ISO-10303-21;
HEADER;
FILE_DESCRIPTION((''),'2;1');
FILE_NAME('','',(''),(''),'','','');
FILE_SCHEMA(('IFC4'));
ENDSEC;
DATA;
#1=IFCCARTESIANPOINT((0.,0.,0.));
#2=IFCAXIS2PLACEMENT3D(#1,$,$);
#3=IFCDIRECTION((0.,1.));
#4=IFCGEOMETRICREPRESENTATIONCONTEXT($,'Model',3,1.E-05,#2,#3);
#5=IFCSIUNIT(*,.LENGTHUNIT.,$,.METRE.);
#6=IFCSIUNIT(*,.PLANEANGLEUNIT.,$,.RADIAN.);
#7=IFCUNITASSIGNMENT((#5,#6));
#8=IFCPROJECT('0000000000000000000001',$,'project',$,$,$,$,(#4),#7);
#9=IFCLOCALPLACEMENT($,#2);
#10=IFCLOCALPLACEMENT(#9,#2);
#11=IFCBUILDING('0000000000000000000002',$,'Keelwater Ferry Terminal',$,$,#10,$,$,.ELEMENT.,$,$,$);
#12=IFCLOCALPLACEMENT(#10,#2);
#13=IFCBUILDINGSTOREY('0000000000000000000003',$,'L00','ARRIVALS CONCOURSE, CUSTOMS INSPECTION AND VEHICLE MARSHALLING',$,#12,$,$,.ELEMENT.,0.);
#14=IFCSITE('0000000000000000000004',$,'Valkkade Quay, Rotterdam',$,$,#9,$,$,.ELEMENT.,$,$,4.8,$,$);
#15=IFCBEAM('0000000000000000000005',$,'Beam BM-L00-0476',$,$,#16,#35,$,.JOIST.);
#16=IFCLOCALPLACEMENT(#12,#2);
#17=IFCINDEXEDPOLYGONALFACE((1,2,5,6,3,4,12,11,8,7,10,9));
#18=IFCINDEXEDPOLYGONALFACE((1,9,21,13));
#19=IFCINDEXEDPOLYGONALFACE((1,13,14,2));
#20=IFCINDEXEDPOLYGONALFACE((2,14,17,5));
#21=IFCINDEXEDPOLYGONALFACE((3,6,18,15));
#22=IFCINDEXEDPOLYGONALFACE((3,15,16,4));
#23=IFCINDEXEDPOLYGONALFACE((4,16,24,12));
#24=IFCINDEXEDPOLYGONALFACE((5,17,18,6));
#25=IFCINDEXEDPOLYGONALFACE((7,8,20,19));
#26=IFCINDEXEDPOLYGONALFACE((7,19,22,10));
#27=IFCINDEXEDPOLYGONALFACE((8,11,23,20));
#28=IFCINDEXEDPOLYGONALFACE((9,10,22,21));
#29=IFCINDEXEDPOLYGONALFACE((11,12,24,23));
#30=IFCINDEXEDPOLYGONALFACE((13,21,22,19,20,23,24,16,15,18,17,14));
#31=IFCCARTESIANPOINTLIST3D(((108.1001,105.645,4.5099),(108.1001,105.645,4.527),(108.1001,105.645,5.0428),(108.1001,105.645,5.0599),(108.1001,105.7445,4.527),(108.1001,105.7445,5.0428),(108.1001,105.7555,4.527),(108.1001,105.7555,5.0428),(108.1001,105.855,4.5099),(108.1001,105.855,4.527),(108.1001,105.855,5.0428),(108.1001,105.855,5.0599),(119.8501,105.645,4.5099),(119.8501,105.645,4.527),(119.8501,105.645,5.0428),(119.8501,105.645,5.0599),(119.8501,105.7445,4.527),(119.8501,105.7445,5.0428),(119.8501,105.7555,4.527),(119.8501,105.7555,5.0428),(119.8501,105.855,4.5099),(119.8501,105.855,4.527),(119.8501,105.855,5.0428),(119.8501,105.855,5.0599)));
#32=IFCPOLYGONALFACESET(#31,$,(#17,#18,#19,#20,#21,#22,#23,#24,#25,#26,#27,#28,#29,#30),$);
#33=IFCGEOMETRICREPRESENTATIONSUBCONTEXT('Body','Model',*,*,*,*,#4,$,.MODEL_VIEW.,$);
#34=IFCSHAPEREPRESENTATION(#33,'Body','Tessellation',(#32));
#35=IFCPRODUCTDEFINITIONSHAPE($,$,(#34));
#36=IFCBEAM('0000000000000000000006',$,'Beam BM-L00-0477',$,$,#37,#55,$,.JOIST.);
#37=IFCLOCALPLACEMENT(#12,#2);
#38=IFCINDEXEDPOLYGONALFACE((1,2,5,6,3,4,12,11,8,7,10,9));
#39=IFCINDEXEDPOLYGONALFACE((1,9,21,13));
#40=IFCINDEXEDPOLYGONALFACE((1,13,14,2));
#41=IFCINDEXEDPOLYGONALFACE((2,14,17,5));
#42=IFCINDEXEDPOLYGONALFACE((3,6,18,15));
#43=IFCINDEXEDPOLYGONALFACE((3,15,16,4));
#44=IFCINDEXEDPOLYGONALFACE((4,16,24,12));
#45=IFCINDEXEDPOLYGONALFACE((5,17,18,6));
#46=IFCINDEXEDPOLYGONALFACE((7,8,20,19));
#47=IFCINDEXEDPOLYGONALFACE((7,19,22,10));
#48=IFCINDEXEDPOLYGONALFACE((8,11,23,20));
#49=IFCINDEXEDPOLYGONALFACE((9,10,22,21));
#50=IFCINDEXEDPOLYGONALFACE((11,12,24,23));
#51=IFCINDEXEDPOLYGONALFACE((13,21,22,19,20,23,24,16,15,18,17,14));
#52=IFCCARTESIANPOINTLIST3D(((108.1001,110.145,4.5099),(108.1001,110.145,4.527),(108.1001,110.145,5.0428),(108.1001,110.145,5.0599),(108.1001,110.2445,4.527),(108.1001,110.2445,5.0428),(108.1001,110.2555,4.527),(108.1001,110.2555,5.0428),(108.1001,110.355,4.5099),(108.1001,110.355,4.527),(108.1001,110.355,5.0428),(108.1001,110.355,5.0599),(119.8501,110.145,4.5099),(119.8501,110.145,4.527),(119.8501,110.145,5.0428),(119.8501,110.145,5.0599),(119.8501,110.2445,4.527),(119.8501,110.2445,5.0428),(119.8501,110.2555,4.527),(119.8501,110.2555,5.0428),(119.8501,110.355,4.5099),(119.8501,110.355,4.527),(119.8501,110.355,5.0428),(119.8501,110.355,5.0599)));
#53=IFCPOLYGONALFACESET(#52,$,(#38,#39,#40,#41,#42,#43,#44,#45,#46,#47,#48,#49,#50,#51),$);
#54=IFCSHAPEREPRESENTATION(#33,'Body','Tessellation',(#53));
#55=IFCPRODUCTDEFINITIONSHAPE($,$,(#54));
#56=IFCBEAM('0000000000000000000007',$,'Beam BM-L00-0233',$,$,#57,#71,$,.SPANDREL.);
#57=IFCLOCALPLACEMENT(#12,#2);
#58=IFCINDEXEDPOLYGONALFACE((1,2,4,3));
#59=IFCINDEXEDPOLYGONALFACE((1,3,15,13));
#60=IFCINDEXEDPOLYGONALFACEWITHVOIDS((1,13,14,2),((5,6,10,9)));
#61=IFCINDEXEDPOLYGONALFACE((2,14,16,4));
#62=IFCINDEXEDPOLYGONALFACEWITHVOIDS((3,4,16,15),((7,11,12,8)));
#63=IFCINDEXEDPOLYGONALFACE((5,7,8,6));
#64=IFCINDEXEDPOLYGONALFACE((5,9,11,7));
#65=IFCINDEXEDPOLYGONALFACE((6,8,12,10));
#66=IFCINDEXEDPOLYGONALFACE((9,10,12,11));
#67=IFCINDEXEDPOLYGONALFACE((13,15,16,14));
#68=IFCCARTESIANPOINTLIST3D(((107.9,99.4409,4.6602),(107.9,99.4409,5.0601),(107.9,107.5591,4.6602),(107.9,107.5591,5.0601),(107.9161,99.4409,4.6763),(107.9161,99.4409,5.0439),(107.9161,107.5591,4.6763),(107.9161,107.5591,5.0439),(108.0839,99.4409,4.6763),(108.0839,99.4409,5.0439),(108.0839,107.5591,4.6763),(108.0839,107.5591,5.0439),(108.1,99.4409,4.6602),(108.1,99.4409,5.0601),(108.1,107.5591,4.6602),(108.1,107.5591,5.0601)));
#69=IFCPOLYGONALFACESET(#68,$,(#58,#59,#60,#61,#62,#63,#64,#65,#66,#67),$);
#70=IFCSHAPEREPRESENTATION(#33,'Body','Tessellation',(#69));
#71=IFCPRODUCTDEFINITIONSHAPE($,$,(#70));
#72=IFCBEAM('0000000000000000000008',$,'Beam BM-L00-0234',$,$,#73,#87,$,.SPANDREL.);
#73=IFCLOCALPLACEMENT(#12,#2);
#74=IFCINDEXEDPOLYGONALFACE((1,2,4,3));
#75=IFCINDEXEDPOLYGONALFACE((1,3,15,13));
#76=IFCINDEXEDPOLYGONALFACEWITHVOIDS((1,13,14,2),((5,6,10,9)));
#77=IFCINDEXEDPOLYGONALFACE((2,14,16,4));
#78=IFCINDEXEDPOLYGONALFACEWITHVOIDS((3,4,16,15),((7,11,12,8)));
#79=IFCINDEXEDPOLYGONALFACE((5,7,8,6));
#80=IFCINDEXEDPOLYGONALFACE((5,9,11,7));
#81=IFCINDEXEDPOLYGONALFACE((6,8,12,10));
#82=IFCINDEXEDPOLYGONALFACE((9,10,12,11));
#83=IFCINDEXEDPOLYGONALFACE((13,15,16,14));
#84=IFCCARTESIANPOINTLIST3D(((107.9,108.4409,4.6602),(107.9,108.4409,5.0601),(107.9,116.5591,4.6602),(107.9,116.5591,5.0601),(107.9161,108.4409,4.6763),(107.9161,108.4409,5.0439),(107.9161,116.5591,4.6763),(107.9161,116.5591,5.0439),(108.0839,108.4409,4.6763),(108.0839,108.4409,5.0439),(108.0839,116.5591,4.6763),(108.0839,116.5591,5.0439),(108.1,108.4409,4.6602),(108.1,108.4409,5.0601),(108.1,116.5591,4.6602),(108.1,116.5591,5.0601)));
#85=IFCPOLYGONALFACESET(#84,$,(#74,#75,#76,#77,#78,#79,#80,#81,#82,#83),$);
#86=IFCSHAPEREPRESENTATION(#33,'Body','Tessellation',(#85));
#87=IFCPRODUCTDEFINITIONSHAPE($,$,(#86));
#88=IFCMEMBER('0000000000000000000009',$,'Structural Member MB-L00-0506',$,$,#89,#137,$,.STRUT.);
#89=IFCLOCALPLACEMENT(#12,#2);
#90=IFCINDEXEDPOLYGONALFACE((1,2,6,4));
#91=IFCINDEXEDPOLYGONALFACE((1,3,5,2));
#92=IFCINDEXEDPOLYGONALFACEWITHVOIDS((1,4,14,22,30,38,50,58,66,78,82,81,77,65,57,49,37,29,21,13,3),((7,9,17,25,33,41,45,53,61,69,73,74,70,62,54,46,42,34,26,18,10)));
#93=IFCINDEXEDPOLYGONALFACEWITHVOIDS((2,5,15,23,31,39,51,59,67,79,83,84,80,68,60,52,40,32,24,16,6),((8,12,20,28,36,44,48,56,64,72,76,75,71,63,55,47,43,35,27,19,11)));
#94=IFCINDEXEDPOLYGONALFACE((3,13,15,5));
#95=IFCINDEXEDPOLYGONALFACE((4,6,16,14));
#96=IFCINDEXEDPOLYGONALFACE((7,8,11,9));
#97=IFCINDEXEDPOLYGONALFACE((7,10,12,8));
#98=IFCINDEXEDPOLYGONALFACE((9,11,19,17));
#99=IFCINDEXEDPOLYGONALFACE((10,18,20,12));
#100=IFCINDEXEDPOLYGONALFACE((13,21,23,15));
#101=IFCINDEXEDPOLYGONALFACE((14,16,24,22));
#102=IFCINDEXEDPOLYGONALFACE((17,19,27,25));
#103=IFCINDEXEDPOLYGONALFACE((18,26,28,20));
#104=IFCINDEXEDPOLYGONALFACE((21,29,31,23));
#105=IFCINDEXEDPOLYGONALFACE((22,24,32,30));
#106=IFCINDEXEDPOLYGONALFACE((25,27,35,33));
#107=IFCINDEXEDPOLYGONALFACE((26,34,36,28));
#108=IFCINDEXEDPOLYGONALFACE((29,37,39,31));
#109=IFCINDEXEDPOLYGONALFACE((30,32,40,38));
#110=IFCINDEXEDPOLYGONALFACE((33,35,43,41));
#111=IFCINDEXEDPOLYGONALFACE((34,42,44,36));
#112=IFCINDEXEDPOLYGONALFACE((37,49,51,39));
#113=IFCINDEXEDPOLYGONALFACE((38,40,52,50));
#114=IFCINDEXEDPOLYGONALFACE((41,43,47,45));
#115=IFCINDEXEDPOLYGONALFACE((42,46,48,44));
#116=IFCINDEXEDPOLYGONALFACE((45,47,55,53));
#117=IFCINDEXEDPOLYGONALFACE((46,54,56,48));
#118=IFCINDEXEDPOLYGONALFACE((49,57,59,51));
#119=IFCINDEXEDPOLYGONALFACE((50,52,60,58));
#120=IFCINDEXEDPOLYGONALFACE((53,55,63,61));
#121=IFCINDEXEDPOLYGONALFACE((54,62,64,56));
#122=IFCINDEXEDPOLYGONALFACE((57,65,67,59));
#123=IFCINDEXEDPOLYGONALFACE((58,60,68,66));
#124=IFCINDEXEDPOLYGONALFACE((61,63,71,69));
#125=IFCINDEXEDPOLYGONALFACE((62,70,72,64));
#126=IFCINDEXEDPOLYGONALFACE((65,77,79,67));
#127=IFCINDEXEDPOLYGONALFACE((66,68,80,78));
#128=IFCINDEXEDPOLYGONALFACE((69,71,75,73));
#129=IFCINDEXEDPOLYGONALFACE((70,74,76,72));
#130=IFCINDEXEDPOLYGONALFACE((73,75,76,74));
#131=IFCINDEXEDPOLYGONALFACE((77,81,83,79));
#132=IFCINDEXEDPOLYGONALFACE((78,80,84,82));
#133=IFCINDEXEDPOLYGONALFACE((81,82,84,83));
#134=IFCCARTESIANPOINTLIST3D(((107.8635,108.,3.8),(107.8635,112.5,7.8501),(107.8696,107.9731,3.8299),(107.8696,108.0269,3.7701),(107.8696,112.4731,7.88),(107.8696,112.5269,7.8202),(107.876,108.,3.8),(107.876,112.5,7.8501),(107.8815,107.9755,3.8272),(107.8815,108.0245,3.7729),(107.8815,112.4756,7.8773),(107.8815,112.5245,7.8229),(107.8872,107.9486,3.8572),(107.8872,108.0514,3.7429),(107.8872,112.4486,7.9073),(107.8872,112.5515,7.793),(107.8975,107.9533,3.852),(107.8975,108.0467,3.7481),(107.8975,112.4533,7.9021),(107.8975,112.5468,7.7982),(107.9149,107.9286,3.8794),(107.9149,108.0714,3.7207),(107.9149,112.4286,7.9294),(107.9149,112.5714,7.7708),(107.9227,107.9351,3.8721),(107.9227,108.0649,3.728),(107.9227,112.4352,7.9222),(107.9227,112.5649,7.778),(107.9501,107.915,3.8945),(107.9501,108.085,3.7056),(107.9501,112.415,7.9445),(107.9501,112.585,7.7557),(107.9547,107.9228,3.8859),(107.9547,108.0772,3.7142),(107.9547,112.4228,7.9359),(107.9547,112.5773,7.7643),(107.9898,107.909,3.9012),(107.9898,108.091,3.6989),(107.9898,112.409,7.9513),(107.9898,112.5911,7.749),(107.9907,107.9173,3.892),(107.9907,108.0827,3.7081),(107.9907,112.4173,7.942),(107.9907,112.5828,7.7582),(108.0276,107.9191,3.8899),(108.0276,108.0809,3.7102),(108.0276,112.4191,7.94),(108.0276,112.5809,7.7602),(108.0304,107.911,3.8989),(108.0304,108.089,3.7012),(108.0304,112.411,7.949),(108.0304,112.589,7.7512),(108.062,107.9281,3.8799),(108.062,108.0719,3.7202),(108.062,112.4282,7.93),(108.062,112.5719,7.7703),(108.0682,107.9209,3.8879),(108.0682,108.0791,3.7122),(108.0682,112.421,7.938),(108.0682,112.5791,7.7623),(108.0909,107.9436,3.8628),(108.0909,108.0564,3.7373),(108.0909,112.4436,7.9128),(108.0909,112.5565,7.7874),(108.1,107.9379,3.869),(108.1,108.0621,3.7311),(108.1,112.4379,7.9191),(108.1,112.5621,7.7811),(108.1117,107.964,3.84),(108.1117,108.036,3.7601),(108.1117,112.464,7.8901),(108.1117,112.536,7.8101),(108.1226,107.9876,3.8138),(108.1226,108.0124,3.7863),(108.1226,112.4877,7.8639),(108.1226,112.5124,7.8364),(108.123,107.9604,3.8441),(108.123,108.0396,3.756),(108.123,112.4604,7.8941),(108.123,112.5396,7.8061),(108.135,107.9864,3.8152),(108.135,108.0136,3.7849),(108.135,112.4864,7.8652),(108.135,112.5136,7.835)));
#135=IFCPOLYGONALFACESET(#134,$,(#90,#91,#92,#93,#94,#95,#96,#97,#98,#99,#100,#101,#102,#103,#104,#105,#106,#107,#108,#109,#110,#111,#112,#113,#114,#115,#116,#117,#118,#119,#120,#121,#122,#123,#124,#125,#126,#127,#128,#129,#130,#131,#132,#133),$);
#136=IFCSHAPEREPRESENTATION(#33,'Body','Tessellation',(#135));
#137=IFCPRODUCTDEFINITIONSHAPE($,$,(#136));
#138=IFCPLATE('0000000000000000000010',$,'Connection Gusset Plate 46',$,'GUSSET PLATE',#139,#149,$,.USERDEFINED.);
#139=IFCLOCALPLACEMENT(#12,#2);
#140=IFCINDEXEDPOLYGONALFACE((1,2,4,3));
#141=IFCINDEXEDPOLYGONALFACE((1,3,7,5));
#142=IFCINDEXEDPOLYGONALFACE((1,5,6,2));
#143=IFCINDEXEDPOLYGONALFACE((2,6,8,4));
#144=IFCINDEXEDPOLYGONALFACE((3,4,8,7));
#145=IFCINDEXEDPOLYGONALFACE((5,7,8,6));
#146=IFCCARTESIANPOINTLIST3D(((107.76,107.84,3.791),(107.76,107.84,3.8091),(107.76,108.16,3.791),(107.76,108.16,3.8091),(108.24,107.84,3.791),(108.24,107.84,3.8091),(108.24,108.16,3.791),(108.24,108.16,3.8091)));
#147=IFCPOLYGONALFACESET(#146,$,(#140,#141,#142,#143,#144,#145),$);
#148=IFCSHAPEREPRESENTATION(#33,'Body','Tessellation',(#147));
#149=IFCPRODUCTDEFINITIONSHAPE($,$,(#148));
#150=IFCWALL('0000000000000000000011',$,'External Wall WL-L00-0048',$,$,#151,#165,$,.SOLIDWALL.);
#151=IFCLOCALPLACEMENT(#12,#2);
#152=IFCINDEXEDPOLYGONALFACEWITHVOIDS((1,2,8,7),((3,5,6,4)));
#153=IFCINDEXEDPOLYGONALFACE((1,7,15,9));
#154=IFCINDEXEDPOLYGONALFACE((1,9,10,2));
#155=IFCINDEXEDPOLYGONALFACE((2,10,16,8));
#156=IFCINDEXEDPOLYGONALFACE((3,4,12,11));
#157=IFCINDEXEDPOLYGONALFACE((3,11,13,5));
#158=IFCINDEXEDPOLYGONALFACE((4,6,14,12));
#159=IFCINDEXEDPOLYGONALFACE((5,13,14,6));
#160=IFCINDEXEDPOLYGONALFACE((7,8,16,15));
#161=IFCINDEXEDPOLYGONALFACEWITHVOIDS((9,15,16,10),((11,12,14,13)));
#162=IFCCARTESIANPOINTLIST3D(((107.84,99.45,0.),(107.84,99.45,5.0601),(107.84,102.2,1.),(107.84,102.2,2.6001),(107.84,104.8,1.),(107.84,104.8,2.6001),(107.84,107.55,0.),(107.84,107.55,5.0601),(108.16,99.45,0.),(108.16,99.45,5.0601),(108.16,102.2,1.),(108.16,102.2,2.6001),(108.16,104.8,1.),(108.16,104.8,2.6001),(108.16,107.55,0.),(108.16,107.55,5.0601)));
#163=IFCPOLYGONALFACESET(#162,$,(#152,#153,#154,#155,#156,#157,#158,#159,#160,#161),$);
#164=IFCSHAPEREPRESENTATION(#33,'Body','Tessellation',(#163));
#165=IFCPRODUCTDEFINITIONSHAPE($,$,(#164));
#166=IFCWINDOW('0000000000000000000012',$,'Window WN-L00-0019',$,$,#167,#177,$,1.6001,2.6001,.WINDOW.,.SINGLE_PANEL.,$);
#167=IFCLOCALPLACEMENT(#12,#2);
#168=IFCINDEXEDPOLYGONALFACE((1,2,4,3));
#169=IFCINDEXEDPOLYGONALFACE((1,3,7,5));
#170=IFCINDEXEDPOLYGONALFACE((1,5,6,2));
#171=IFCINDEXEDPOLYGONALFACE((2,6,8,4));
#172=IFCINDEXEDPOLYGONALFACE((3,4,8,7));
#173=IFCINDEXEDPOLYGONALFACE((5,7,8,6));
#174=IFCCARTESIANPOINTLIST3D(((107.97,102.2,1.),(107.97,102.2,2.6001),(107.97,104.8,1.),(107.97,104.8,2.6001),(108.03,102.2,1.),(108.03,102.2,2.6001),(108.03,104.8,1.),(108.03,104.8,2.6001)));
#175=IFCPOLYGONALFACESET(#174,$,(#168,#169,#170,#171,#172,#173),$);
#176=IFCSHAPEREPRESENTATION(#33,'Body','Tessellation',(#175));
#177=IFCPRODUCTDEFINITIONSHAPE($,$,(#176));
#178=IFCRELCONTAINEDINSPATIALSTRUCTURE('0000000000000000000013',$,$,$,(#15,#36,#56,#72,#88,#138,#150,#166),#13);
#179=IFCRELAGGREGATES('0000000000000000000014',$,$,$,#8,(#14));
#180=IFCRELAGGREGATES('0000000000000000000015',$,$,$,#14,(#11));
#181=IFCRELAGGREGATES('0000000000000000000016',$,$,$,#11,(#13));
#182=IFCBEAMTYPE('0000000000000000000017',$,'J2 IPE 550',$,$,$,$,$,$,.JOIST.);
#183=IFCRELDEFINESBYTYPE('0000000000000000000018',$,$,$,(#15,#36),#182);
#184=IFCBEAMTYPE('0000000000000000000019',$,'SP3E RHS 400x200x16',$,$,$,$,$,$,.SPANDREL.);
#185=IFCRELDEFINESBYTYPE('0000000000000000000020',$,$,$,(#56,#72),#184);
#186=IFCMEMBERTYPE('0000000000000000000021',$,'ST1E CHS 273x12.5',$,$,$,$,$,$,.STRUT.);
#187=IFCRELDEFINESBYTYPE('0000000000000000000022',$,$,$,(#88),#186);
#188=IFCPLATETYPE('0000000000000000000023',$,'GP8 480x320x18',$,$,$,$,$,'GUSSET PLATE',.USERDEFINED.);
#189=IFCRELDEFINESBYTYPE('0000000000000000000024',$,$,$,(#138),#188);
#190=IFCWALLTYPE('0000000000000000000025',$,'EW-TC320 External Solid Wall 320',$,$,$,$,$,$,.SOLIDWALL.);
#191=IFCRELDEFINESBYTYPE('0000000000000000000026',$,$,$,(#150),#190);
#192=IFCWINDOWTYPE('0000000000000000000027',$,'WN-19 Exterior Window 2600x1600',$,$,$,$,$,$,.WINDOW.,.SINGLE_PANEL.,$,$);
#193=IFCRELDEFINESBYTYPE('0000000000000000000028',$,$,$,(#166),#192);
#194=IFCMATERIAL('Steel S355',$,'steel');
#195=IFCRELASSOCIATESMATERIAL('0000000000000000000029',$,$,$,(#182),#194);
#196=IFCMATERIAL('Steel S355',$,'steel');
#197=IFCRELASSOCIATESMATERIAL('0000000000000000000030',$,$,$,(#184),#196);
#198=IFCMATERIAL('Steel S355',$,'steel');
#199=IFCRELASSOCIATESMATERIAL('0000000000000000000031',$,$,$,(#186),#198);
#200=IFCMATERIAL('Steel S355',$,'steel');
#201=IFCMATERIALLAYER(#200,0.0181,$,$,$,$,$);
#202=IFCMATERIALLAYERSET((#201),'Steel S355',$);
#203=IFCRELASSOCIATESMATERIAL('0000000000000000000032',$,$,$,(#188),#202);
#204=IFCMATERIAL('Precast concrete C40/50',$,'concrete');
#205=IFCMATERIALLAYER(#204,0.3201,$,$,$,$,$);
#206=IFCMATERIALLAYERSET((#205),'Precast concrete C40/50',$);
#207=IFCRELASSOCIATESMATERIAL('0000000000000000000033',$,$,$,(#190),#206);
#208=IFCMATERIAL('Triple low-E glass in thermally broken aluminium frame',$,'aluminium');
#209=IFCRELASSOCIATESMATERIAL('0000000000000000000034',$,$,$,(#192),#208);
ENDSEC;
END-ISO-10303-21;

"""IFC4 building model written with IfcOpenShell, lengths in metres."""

from ifc_helpers import new_model, si_unit, direction, frame, frame_2d, origin, origin_2d, place, context, subcontext, project, spatial, rectangle, hollow_rectangle, hollow_circle, i_section, extrude, material, layer, layer_set, material_profile, profile_set, type_object, element, fill, save


model = new_model("IFC4")

# Units and contexts
model_context = context("Model", 3, precision=1e-05, world=origin(), true_north=direction((0.0, 1.0)))
body_context = subcontext(model_context, "Body", "Model", "MODEL_VIEW")
ifc_project = project(units=[si_unit("LENGTHUNIT", "METRE"), si_unit("PLANEANGLEUNIT", "RADIAN")], contexts=[model_context])

# Site, building, storey
site_placement = place(None, origin())
site = spatial("IfcSite", under=ifc_project, at=site_placement, Name="Valkkade Quay, Rotterdam", CompositionType="ELEMENT", RefElevation=4.8)
building_placement = place(site_placement, origin())
building = spatial("IfcBuilding", under=site, at=building_placement, Name="Keelwater Ferry Terminal", CompositionType="ELEMENT")
storey_placement = place(building_placement, origin())
storey = spatial("IfcBuildingStorey", under=building, at=storey_placement, Name="L00", Description="ARRIVALS CONCOURSE, CUSTOMS INSPECTION AND VEHICLE MARSHALLING", CompositionType="ELEMENT", Elevation=0.0)

# Beams
ifc_material_1 = material(Name="Steel S355", Category="steel")
ifc_material_profile_1 = material_profile(ifc_material_1, i_section(OverallWidth=0.21, OverallDepth=0.55, WebThickness=0.011, FlangeThickness=0.0171, at=origin_2d()), Name="IPE 550")
ifc_profile_set_1 = profile_set([ifc_material_profile_1], Name="Steel S355")
beam_type_1 = type_object("IfcBeamType", Name="J2 IPE 550", PredefinedType="JOIST", material=ifc_profile_set_1)
for number, where, z_axis, x_axis, name in (
    (1, (108.1001, 105.75, 4.7849), (1.0, 0.0, 0.0), (0.0, 1.0, 0.0), "Beam BM-L00-0476"),
    (2, (108.1001, 110.25, 4.7849), (1.0, 0.0, 0.0), (0.0, 1.0, 0.0), "Beam BM-L00-0477"),
):
    element("IfcBeam", number, at=place(storey_placement, frame(where, z_axis=z_axis, x_axis=x_axis)), inside=storey, type_object=beam_type_1, Name=name, PredefinedType="JOIST", context=body_context, shape_type="SweptSolid", body=[
        extrude(i_section(OverallWidth=0.21, OverallDepth=0.55, WebThickness=0.011, FlangeThickness=0.0171, at=origin_2d()), origin(), (0.0, 0.0, 1.0), 11.75),
    ])
ifc_material_2 = material(Name="Steel S355", Category="steel")
ifc_material_profile_2 = material_profile(ifc_material_2, hollow_rectangle(XDim=0.2, YDim=0.3999, WallThickness=0.0161, at=origin_2d()), Name="RHS 400x200x16")
ifc_profile_set_2 = profile_set([ifc_material_profile_2], Name="Steel S355")
beam_type_2 = type_object("IfcBeamType", Name="SP3E RHS 400x200x16", PredefinedType="SPANDREL", material=ifc_profile_set_2)
for number, where, z_axis, x_axis, name in (
    (3, (108.0, 99.4409, 4.8601), (0.0, 1.0, 0.0), (-1.0, 0.0, 0.0), "Beam BM-L00-0233"),
    (4, (108.0, 108.4409, 4.8601), (0.0, 1.0, 0.0), (-1.0, 0.0, 0.0), "Beam BM-L00-0234"),
):
    element("IfcBeam", number, at=place(storey_placement, frame(where, z_axis=z_axis, x_axis=x_axis)), inside=storey, type_object=beam_type_2, Name=name, PredefinedType="SPANDREL", context=body_context, shape_type="SweptSolid", body=[
        extrude(hollow_rectangle(XDim=0.2, YDim=0.3999, WallThickness=0.0161, at=origin_2d()), origin(), (0.0, 0.0, 1.0), 8.1182),
    ])

# Member
ifc_material_3 = material(Name="Steel S355", Category="steel")
ifc_material_profile_3 = material_profile(ifc_material_3, hollow_circle(Radius=0.1365, WallThickness=0.0125, at=origin_2d()), Name="CHS 273x12.5")
ifc_profile_set_3 = profile_set([ifc_material_profile_3], Name="Steel S355")
member_type = type_object("IfcMemberType", Name="ST1E CHS 273x12.5", PredefinedType="STRUT", material=ifc_profile_set_3)
member_placement = place(storey_placement, frame((108.0, 108.0, 3.8), z_axis=(0.0, 0.74329, 0.668969), x_axis=(-1.0, 0.0, 0.0)))
element("IfcMember", 5, at=member_placement, inside=storey, type_object=member_type, Name="Structural Member MB-L00-0506", PredefinedType="STRUT", context=body_context, shape_type="SweptSolid", body=[
    extrude(hollow_circle(Radius=0.1365, WallThickness=0.0125, at=origin_2d()), origin(), (0.0, 0.0, 1.0), 6.0542),
])

# Plate
ifc_material_4 = material(Name="Steel S355", Category="steel")
ifc_layer_1 = layer(ifc_material_4, 0.0181)
ifc_layer_set_1 = layer_set([ifc_layer_1], Name="Steel S355")
plate_type = type_object("IfcPlateType", Name="GP8 480x320x18", ElementType="GUSSET PLATE", PredefinedType="USERDEFINED", material=ifc_layer_set_1)
plate_placement = place(storey_placement, frame((108.0, 108.0, 3.791), z_axis=(0.0, 0.0, 1.0), x_axis=(1.0, 0.0, 0.0)))
element("IfcPlate", 6, at=plate_placement, inside=storey, type_object=plate_type, Name="Connection Gusset Plate 46", ObjectType="GUSSET PLATE", PredefinedType="USERDEFINED", context=body_context, shape_type="SweptSolid", body=[
    extrude(rectangle(XDim=0.48, YDim=0.3201, at=origin_2d()), origin(), (0.0, 0.0, 1.0), 0.0181),
])

# Wall, opening, window
ifc_material_5 = material(Name="Precast concrete C40/50", Category="concrete")
ifc_layer_2 = layer(ifc_material_5, 0.3201)
ifc_layer_set_2 = layer_set([ifc_layer_2], Name="Precast concrete C40/50")
wall_type = type_object("IfcWallType", Name="EW-TC320 External Solid Wall 320", PredefinedType="SOLIDWALL", material=ifc_layer_set_2)
wall_1_placement = place(storey_placement, frame((108.0, 99.45, 0.0), z_axis=(0.0, 0.0, 1.0), x_axis=(0.0, 1.0, 0.0)))
wall_1 = element("IfcWall", 7, at=wall_1_placement, inside=storey, type_object=wall_type, Name="External Wall WL-L00-0048", PredefinedType="SOLIDWALL", context=body_context, shape_type="SweptSolid", body=[
    extrude(rectangle(XDim=8.1001, YDim=0.3201, at=frame_2d((4.05, 0.0))), origin(), (0.0, 0.0, 1.0), 5.0601),
])
opening_1_placement = place(wall_1_placement, frame((2.75, 0.0, 1.0)))
opening_1 = element("IfcOpeningElement", 8, at=opening_1_placement, cuts=wall_1, PredefinedType="OPENING", context=body_context, shape_type="SweptSolid", body=[
    extrude(rectangle(XDim=2.6001, YDim=1.6001, at=frame_2d((1.3, 0.8))), frame((0.0, 0.1702, 0.0), z_axis=(0.0, -1.0, 0.0), x_axis=(1.0, 0.0, 0.0)), (0.0, 0.0, 1.0), 0.3401),
])
ifc_material_6 = material(Name="Triple low-E glass in thermally broken aluminium frame", Category="aluminium")
window_type_1 = type_object("IfcWindowType", Name="WN-19 Exterior Window 2600x1600", PartitioningType="SINGLE_PANEL", PredefinedType="WINDOW", material=ifc_material_6)
window_1_placement = place(opening_1_placement, origin())
window_1 = element("IfcWindow", 9, at=window_1_placement, inside=storey, type_object=window_type_1, Name="Window WN-L00-0019", OverallHeight=1.6001, OverallWidth=2.6001, PartitioningType="SINGLE_PANEL", PredefinedType="WINDOW", context=body_context, shape_type="SweptSolid", body=[
    extrude(rectangle(XDim=2.6001, YDim=1.6001, at=frame_2d((1.3, 0.8))), frame((0.0, 0.03, 0.0), z_axis=(0.0, -1.0, 0.0), x_axis=(1.0, 0.0, 0.0)), (0.0, 0.0, 1.0), 0.0601),
])
fill(opening_1, window_1)

save(model, "model.ifc")
